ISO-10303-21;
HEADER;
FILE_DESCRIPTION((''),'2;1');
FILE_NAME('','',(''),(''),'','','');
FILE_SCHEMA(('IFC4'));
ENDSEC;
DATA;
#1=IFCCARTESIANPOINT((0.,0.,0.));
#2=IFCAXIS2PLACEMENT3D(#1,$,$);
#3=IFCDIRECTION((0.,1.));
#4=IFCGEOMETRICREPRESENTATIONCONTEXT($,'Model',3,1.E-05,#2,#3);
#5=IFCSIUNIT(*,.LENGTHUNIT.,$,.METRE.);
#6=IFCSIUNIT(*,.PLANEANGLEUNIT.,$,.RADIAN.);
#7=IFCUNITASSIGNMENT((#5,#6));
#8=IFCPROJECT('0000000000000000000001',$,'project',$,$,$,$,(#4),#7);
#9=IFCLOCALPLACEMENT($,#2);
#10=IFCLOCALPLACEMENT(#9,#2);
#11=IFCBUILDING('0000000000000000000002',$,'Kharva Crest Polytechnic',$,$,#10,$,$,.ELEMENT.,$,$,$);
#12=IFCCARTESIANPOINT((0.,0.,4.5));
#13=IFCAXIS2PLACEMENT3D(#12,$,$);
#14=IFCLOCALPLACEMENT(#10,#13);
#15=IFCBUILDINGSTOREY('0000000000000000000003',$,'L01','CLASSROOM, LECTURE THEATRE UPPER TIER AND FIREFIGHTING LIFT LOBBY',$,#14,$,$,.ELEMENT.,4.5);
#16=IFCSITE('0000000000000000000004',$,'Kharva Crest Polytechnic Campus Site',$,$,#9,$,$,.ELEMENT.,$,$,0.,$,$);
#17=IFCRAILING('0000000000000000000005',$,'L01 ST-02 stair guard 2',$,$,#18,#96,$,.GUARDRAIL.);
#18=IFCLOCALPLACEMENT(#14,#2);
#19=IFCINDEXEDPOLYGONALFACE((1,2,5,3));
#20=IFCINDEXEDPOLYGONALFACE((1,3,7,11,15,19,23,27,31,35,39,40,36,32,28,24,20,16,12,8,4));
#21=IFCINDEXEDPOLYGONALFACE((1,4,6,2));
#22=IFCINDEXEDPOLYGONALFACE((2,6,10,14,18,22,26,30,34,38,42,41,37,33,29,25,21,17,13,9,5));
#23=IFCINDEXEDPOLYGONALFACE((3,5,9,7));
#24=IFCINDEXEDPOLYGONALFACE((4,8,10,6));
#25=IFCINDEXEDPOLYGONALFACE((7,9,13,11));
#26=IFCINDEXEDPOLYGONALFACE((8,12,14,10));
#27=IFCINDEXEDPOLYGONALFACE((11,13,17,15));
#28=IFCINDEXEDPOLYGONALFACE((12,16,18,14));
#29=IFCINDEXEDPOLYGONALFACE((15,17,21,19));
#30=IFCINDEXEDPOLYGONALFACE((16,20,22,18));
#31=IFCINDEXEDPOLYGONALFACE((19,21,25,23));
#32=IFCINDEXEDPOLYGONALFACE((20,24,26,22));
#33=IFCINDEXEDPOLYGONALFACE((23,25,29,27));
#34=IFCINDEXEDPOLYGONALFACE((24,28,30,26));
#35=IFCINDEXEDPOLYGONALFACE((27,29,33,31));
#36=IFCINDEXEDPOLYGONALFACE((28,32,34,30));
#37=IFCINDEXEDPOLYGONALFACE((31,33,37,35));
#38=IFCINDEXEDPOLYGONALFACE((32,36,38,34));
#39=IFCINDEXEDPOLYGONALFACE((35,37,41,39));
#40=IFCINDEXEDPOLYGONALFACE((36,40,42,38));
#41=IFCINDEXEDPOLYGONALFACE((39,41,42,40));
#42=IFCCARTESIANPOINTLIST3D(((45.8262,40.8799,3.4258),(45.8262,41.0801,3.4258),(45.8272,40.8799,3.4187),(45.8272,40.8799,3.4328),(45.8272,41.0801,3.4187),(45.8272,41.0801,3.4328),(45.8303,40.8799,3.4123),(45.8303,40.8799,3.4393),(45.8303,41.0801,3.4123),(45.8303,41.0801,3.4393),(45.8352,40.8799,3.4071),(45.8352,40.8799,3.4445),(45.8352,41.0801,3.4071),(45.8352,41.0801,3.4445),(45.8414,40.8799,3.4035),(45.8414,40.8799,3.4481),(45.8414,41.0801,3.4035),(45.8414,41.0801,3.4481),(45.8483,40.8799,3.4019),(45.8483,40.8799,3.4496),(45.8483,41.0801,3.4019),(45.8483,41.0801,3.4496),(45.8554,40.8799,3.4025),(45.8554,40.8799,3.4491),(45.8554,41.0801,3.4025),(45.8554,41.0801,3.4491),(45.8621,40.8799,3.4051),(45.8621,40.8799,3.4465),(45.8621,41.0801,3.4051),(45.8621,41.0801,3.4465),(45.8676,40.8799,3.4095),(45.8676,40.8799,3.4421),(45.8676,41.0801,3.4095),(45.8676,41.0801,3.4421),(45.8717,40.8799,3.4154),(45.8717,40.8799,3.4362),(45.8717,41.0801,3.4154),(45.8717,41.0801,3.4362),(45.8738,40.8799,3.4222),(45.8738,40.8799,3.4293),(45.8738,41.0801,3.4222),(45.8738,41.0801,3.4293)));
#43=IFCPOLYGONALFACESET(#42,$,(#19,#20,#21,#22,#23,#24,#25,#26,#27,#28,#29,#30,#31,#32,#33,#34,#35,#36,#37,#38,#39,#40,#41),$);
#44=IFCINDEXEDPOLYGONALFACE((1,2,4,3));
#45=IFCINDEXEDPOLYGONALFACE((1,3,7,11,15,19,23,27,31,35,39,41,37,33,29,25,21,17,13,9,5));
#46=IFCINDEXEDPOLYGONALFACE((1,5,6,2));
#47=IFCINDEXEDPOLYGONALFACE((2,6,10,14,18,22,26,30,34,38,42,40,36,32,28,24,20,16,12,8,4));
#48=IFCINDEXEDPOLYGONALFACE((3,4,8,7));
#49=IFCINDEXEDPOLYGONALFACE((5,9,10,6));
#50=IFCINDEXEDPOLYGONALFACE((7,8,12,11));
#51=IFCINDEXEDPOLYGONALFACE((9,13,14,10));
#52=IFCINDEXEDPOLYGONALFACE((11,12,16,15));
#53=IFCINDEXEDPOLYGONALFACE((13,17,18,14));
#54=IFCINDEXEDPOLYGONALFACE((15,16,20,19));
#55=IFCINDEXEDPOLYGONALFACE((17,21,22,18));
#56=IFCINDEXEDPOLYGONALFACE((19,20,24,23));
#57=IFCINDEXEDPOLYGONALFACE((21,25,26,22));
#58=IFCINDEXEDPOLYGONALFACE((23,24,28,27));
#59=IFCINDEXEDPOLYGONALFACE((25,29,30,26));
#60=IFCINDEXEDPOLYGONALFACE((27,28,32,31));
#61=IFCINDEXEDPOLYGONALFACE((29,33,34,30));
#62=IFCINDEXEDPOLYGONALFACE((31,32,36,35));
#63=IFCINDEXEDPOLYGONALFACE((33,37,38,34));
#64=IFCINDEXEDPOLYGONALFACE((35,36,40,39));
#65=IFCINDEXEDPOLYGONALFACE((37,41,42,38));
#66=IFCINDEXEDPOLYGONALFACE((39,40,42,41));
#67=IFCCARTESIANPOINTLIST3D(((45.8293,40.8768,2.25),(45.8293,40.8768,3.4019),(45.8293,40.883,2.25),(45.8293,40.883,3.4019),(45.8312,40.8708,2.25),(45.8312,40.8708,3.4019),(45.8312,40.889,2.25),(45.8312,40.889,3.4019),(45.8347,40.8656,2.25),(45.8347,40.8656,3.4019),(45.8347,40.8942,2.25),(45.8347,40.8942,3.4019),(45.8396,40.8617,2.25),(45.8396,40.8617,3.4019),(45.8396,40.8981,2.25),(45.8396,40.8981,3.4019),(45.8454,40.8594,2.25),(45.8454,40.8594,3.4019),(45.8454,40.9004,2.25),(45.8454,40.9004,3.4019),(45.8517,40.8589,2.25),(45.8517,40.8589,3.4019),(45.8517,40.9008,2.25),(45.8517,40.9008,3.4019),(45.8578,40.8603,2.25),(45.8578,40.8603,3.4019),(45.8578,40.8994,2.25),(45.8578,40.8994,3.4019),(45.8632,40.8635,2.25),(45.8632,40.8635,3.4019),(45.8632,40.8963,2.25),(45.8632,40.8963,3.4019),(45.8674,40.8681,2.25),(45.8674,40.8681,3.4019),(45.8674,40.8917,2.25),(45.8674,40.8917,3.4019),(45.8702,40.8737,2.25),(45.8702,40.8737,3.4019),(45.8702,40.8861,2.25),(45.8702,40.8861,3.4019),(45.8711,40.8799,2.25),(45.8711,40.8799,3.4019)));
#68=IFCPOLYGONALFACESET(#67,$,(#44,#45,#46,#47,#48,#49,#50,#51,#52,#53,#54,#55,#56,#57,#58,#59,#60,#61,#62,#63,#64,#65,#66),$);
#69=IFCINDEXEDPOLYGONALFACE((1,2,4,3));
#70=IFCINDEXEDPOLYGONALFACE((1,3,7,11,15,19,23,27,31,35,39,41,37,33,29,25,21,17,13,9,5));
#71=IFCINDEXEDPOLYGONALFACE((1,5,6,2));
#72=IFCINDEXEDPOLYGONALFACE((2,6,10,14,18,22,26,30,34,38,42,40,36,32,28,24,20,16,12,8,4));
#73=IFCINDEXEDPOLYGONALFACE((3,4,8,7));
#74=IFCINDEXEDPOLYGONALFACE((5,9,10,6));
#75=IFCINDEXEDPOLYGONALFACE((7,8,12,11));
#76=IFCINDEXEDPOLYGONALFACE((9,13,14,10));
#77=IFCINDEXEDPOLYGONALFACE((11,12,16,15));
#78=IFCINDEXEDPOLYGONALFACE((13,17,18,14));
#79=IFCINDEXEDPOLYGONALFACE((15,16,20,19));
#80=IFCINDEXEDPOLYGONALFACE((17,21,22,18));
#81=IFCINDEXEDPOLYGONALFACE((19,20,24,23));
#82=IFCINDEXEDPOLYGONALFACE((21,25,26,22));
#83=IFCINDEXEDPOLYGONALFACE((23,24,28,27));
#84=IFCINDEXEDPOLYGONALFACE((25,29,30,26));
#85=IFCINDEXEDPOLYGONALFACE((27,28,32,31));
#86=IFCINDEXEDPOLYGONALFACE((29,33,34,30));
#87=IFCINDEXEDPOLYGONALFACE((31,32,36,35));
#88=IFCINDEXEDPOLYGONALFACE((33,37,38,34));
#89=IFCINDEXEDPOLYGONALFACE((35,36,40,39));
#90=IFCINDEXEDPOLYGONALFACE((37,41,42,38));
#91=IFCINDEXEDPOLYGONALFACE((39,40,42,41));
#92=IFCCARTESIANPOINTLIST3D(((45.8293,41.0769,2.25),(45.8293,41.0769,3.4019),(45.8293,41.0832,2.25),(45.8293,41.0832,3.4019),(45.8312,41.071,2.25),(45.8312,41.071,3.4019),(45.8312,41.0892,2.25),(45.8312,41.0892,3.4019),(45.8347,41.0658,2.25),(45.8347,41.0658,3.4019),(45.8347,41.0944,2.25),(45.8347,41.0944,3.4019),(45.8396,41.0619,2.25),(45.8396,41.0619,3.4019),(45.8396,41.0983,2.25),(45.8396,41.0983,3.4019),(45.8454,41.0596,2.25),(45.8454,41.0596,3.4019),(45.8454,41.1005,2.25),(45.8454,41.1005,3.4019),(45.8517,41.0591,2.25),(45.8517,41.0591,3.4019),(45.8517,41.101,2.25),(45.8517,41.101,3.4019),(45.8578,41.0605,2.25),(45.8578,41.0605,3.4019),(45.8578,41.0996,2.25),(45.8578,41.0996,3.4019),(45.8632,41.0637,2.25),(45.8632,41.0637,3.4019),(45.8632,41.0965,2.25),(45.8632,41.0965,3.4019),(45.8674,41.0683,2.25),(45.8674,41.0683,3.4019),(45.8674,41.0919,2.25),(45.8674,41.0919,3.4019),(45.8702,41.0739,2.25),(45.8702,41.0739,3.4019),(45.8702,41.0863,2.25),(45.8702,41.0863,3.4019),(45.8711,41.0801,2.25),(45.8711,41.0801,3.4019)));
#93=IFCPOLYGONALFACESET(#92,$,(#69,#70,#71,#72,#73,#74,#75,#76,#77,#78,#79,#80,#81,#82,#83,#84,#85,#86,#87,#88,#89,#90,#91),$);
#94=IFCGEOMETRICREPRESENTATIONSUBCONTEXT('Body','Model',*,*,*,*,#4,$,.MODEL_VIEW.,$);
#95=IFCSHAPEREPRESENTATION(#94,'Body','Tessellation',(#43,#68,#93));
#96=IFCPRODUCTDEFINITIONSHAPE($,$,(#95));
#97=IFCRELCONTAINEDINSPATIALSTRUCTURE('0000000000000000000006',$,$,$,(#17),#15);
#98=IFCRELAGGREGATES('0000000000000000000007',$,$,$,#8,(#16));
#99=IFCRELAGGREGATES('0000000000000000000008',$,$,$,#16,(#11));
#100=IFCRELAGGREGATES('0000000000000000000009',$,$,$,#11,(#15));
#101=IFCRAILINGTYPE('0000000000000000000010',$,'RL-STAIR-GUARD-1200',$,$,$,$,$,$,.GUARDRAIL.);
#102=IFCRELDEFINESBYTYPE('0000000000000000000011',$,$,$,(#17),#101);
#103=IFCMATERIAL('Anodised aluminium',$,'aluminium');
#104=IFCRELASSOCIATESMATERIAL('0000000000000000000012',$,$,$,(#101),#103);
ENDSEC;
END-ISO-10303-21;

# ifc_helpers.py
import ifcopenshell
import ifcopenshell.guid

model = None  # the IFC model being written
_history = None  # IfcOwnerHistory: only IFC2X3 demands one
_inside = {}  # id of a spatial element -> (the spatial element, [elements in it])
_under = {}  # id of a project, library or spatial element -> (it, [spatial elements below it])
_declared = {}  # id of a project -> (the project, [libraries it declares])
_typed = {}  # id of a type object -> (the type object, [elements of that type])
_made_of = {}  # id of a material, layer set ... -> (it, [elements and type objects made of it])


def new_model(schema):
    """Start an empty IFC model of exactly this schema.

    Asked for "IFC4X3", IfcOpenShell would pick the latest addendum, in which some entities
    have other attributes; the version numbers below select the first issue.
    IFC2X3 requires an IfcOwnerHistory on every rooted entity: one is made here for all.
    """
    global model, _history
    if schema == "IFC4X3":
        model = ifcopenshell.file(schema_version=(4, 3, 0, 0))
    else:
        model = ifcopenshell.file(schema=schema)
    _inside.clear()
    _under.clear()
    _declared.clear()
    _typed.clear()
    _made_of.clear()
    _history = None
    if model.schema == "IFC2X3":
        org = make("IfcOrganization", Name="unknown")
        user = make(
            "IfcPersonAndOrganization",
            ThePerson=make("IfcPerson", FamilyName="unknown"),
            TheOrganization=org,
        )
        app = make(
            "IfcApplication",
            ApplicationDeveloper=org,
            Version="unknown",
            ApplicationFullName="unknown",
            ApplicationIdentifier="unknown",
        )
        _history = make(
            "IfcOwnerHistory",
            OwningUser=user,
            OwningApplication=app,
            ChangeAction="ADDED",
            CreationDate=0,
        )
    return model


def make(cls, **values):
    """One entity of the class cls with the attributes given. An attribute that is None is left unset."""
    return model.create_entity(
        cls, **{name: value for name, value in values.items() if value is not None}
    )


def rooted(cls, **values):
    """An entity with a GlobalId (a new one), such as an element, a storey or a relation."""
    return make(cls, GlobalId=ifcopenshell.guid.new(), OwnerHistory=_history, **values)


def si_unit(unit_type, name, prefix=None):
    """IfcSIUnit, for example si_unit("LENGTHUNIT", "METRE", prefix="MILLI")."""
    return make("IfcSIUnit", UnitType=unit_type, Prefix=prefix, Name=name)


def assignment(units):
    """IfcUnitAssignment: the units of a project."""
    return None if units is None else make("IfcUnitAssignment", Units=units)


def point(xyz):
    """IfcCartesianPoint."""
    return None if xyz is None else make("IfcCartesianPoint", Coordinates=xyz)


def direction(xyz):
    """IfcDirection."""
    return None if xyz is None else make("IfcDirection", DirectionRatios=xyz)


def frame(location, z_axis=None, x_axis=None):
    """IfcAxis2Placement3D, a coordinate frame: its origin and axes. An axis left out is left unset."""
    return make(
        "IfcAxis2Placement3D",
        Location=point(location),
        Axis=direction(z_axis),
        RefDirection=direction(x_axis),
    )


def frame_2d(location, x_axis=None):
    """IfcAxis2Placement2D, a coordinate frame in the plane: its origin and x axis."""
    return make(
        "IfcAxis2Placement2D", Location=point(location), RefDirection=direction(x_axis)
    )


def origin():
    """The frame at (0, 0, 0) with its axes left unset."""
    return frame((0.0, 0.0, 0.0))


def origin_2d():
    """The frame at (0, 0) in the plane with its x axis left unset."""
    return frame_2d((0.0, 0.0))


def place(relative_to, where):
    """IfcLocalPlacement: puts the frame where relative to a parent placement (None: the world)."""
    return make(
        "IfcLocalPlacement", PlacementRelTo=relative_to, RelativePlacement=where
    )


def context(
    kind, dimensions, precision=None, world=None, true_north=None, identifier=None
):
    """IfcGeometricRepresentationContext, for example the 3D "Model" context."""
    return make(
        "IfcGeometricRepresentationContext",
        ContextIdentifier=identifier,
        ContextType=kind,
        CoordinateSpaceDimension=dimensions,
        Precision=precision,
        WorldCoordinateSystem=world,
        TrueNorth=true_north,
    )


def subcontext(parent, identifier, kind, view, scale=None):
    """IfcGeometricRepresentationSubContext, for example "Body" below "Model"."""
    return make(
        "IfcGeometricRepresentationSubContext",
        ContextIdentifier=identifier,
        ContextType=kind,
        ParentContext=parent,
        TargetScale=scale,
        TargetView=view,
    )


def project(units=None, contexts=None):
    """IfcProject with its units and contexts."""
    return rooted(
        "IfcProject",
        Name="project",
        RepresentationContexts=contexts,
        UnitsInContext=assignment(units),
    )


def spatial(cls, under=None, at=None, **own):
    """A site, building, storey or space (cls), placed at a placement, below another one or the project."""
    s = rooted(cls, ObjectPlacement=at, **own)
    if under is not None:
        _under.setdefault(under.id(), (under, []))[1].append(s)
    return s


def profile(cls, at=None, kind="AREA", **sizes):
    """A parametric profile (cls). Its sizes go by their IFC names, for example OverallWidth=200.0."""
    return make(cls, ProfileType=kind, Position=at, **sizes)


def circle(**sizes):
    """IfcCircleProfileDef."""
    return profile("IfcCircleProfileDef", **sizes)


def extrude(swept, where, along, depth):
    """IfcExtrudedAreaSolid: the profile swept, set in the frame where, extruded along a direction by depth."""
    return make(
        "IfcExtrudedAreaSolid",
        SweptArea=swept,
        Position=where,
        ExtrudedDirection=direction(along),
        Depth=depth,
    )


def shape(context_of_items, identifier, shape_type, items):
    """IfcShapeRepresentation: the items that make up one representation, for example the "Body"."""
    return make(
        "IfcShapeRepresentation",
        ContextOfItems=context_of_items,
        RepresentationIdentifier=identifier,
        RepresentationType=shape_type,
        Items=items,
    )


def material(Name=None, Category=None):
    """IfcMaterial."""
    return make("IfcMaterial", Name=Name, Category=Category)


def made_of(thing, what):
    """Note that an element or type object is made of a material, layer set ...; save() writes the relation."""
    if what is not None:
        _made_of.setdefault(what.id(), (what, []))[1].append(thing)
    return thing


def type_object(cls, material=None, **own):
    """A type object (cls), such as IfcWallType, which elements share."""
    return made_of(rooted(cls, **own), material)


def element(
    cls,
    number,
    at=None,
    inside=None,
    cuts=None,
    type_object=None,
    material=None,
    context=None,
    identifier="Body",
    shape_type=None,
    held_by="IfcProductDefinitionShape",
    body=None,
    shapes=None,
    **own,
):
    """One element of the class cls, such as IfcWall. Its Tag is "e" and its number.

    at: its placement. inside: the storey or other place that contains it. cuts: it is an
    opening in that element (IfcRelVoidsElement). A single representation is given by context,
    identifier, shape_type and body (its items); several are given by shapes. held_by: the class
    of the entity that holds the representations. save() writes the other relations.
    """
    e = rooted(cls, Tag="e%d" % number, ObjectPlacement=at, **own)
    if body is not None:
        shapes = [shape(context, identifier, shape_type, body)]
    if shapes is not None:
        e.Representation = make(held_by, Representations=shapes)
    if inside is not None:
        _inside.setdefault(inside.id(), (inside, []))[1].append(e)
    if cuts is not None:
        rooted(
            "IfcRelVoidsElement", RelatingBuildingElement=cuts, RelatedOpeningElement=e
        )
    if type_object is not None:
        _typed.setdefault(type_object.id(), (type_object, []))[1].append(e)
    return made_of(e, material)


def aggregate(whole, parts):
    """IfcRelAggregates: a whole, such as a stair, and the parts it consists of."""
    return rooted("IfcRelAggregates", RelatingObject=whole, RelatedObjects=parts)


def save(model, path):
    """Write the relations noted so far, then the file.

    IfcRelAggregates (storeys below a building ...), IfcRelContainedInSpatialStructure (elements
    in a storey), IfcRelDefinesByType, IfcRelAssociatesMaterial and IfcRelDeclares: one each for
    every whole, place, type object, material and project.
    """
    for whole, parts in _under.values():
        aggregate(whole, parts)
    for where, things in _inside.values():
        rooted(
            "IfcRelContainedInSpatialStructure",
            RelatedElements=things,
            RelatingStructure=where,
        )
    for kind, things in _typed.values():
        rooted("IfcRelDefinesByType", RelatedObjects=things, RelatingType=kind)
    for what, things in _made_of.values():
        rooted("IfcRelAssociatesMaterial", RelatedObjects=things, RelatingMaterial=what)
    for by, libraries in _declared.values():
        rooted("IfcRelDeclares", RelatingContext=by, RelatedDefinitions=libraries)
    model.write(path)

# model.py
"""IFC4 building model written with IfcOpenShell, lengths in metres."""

from ifc_helpers import new_model, si_unit, direction, frame, origin, origin_2d, place, context, subcontext, project, spatial, circle, extrude, material, type_object, element, save


model = new_model("IFC4")

# Units and contexts
model_context = context("Model", 3, precision=1e-05, world=origin(), true_north=direction((0.0, 1.0)))
body_context = subcontext(model_context, "Body", "Model", "MODEL_VIEW")
ifc_project = project(units=[si_unit("LENGTHUNIT", "METRE"), si_unit("PLANEANGLEUNIT", "RADIAN")], contexts=[model_context])

# Site, building, storey
site_placement = place(None, origin())
site = spatial("IfcSite", under=ifc_project, at=site_placement, Name="Kharva Crest Polytechnic Campus Site", CompositionType="ELEMENT", RefElevation=0.0)
building_placement = place(site_placement, origin())
building = spatial("IfcBuilding", under=site, at=building_placement, Name="Kharva Crest Polytechnic", CompositionType="ELEMENT")
storey_placement = place(building_placement, frame((0.0, 0.0, 4.5)))
storey = spatial("IfcBuildingStorey", under=building, at=storey_placement, Name="L01", Description="CLASSROOM, LECTURE THEATRE UPPER TIER AND FIREFIGHTING LIFT LOBBY", CompositionType="ELEMENT", Elevation=4.5)

# Railing
ifc_material_1 = material(Name="Anodised aluminium", Category="aluminium")
railing_type_1 = type_object("IfcRailingType", Name="RL-STAIR-GUARD-1200", PredefinedType="GUARDRAIL", material=ifc_material_1)
railing_1_placement = place(storey_placement, frame((45.8501, 40.8799, 2.25)))
element("IfcRailing", 1, at=railing_1_placement, inside=storey, type_object=railing_type_1, Name="L01 ST-02 stair guard 2", PredefinedType="GUARDRAIL", context=body_context, shape_type="SweptSolid", body=[
    extrude(circle(Radius=0.0239, at=origin_2d()), frame((0.0, 0.0, 1.1758), z_axis=(0.0, 1.0, 0.0), x_axis=(-1.0, 0.0, 0.0)), (0.0, 0.0, 1.0), 0.2002),
    extrude(circle(Radius=0.021, at=origin_2d()), origin(), (0.0, 0.0, 1.0), 1.1519),
    extrude(circle(Radius=0.021, at=origin_2d()), frame((0.0, 0.2002, 0.0)), (0.0, 0.0, 1.0), 1.1519),
])

save(model, "model.ifc")
